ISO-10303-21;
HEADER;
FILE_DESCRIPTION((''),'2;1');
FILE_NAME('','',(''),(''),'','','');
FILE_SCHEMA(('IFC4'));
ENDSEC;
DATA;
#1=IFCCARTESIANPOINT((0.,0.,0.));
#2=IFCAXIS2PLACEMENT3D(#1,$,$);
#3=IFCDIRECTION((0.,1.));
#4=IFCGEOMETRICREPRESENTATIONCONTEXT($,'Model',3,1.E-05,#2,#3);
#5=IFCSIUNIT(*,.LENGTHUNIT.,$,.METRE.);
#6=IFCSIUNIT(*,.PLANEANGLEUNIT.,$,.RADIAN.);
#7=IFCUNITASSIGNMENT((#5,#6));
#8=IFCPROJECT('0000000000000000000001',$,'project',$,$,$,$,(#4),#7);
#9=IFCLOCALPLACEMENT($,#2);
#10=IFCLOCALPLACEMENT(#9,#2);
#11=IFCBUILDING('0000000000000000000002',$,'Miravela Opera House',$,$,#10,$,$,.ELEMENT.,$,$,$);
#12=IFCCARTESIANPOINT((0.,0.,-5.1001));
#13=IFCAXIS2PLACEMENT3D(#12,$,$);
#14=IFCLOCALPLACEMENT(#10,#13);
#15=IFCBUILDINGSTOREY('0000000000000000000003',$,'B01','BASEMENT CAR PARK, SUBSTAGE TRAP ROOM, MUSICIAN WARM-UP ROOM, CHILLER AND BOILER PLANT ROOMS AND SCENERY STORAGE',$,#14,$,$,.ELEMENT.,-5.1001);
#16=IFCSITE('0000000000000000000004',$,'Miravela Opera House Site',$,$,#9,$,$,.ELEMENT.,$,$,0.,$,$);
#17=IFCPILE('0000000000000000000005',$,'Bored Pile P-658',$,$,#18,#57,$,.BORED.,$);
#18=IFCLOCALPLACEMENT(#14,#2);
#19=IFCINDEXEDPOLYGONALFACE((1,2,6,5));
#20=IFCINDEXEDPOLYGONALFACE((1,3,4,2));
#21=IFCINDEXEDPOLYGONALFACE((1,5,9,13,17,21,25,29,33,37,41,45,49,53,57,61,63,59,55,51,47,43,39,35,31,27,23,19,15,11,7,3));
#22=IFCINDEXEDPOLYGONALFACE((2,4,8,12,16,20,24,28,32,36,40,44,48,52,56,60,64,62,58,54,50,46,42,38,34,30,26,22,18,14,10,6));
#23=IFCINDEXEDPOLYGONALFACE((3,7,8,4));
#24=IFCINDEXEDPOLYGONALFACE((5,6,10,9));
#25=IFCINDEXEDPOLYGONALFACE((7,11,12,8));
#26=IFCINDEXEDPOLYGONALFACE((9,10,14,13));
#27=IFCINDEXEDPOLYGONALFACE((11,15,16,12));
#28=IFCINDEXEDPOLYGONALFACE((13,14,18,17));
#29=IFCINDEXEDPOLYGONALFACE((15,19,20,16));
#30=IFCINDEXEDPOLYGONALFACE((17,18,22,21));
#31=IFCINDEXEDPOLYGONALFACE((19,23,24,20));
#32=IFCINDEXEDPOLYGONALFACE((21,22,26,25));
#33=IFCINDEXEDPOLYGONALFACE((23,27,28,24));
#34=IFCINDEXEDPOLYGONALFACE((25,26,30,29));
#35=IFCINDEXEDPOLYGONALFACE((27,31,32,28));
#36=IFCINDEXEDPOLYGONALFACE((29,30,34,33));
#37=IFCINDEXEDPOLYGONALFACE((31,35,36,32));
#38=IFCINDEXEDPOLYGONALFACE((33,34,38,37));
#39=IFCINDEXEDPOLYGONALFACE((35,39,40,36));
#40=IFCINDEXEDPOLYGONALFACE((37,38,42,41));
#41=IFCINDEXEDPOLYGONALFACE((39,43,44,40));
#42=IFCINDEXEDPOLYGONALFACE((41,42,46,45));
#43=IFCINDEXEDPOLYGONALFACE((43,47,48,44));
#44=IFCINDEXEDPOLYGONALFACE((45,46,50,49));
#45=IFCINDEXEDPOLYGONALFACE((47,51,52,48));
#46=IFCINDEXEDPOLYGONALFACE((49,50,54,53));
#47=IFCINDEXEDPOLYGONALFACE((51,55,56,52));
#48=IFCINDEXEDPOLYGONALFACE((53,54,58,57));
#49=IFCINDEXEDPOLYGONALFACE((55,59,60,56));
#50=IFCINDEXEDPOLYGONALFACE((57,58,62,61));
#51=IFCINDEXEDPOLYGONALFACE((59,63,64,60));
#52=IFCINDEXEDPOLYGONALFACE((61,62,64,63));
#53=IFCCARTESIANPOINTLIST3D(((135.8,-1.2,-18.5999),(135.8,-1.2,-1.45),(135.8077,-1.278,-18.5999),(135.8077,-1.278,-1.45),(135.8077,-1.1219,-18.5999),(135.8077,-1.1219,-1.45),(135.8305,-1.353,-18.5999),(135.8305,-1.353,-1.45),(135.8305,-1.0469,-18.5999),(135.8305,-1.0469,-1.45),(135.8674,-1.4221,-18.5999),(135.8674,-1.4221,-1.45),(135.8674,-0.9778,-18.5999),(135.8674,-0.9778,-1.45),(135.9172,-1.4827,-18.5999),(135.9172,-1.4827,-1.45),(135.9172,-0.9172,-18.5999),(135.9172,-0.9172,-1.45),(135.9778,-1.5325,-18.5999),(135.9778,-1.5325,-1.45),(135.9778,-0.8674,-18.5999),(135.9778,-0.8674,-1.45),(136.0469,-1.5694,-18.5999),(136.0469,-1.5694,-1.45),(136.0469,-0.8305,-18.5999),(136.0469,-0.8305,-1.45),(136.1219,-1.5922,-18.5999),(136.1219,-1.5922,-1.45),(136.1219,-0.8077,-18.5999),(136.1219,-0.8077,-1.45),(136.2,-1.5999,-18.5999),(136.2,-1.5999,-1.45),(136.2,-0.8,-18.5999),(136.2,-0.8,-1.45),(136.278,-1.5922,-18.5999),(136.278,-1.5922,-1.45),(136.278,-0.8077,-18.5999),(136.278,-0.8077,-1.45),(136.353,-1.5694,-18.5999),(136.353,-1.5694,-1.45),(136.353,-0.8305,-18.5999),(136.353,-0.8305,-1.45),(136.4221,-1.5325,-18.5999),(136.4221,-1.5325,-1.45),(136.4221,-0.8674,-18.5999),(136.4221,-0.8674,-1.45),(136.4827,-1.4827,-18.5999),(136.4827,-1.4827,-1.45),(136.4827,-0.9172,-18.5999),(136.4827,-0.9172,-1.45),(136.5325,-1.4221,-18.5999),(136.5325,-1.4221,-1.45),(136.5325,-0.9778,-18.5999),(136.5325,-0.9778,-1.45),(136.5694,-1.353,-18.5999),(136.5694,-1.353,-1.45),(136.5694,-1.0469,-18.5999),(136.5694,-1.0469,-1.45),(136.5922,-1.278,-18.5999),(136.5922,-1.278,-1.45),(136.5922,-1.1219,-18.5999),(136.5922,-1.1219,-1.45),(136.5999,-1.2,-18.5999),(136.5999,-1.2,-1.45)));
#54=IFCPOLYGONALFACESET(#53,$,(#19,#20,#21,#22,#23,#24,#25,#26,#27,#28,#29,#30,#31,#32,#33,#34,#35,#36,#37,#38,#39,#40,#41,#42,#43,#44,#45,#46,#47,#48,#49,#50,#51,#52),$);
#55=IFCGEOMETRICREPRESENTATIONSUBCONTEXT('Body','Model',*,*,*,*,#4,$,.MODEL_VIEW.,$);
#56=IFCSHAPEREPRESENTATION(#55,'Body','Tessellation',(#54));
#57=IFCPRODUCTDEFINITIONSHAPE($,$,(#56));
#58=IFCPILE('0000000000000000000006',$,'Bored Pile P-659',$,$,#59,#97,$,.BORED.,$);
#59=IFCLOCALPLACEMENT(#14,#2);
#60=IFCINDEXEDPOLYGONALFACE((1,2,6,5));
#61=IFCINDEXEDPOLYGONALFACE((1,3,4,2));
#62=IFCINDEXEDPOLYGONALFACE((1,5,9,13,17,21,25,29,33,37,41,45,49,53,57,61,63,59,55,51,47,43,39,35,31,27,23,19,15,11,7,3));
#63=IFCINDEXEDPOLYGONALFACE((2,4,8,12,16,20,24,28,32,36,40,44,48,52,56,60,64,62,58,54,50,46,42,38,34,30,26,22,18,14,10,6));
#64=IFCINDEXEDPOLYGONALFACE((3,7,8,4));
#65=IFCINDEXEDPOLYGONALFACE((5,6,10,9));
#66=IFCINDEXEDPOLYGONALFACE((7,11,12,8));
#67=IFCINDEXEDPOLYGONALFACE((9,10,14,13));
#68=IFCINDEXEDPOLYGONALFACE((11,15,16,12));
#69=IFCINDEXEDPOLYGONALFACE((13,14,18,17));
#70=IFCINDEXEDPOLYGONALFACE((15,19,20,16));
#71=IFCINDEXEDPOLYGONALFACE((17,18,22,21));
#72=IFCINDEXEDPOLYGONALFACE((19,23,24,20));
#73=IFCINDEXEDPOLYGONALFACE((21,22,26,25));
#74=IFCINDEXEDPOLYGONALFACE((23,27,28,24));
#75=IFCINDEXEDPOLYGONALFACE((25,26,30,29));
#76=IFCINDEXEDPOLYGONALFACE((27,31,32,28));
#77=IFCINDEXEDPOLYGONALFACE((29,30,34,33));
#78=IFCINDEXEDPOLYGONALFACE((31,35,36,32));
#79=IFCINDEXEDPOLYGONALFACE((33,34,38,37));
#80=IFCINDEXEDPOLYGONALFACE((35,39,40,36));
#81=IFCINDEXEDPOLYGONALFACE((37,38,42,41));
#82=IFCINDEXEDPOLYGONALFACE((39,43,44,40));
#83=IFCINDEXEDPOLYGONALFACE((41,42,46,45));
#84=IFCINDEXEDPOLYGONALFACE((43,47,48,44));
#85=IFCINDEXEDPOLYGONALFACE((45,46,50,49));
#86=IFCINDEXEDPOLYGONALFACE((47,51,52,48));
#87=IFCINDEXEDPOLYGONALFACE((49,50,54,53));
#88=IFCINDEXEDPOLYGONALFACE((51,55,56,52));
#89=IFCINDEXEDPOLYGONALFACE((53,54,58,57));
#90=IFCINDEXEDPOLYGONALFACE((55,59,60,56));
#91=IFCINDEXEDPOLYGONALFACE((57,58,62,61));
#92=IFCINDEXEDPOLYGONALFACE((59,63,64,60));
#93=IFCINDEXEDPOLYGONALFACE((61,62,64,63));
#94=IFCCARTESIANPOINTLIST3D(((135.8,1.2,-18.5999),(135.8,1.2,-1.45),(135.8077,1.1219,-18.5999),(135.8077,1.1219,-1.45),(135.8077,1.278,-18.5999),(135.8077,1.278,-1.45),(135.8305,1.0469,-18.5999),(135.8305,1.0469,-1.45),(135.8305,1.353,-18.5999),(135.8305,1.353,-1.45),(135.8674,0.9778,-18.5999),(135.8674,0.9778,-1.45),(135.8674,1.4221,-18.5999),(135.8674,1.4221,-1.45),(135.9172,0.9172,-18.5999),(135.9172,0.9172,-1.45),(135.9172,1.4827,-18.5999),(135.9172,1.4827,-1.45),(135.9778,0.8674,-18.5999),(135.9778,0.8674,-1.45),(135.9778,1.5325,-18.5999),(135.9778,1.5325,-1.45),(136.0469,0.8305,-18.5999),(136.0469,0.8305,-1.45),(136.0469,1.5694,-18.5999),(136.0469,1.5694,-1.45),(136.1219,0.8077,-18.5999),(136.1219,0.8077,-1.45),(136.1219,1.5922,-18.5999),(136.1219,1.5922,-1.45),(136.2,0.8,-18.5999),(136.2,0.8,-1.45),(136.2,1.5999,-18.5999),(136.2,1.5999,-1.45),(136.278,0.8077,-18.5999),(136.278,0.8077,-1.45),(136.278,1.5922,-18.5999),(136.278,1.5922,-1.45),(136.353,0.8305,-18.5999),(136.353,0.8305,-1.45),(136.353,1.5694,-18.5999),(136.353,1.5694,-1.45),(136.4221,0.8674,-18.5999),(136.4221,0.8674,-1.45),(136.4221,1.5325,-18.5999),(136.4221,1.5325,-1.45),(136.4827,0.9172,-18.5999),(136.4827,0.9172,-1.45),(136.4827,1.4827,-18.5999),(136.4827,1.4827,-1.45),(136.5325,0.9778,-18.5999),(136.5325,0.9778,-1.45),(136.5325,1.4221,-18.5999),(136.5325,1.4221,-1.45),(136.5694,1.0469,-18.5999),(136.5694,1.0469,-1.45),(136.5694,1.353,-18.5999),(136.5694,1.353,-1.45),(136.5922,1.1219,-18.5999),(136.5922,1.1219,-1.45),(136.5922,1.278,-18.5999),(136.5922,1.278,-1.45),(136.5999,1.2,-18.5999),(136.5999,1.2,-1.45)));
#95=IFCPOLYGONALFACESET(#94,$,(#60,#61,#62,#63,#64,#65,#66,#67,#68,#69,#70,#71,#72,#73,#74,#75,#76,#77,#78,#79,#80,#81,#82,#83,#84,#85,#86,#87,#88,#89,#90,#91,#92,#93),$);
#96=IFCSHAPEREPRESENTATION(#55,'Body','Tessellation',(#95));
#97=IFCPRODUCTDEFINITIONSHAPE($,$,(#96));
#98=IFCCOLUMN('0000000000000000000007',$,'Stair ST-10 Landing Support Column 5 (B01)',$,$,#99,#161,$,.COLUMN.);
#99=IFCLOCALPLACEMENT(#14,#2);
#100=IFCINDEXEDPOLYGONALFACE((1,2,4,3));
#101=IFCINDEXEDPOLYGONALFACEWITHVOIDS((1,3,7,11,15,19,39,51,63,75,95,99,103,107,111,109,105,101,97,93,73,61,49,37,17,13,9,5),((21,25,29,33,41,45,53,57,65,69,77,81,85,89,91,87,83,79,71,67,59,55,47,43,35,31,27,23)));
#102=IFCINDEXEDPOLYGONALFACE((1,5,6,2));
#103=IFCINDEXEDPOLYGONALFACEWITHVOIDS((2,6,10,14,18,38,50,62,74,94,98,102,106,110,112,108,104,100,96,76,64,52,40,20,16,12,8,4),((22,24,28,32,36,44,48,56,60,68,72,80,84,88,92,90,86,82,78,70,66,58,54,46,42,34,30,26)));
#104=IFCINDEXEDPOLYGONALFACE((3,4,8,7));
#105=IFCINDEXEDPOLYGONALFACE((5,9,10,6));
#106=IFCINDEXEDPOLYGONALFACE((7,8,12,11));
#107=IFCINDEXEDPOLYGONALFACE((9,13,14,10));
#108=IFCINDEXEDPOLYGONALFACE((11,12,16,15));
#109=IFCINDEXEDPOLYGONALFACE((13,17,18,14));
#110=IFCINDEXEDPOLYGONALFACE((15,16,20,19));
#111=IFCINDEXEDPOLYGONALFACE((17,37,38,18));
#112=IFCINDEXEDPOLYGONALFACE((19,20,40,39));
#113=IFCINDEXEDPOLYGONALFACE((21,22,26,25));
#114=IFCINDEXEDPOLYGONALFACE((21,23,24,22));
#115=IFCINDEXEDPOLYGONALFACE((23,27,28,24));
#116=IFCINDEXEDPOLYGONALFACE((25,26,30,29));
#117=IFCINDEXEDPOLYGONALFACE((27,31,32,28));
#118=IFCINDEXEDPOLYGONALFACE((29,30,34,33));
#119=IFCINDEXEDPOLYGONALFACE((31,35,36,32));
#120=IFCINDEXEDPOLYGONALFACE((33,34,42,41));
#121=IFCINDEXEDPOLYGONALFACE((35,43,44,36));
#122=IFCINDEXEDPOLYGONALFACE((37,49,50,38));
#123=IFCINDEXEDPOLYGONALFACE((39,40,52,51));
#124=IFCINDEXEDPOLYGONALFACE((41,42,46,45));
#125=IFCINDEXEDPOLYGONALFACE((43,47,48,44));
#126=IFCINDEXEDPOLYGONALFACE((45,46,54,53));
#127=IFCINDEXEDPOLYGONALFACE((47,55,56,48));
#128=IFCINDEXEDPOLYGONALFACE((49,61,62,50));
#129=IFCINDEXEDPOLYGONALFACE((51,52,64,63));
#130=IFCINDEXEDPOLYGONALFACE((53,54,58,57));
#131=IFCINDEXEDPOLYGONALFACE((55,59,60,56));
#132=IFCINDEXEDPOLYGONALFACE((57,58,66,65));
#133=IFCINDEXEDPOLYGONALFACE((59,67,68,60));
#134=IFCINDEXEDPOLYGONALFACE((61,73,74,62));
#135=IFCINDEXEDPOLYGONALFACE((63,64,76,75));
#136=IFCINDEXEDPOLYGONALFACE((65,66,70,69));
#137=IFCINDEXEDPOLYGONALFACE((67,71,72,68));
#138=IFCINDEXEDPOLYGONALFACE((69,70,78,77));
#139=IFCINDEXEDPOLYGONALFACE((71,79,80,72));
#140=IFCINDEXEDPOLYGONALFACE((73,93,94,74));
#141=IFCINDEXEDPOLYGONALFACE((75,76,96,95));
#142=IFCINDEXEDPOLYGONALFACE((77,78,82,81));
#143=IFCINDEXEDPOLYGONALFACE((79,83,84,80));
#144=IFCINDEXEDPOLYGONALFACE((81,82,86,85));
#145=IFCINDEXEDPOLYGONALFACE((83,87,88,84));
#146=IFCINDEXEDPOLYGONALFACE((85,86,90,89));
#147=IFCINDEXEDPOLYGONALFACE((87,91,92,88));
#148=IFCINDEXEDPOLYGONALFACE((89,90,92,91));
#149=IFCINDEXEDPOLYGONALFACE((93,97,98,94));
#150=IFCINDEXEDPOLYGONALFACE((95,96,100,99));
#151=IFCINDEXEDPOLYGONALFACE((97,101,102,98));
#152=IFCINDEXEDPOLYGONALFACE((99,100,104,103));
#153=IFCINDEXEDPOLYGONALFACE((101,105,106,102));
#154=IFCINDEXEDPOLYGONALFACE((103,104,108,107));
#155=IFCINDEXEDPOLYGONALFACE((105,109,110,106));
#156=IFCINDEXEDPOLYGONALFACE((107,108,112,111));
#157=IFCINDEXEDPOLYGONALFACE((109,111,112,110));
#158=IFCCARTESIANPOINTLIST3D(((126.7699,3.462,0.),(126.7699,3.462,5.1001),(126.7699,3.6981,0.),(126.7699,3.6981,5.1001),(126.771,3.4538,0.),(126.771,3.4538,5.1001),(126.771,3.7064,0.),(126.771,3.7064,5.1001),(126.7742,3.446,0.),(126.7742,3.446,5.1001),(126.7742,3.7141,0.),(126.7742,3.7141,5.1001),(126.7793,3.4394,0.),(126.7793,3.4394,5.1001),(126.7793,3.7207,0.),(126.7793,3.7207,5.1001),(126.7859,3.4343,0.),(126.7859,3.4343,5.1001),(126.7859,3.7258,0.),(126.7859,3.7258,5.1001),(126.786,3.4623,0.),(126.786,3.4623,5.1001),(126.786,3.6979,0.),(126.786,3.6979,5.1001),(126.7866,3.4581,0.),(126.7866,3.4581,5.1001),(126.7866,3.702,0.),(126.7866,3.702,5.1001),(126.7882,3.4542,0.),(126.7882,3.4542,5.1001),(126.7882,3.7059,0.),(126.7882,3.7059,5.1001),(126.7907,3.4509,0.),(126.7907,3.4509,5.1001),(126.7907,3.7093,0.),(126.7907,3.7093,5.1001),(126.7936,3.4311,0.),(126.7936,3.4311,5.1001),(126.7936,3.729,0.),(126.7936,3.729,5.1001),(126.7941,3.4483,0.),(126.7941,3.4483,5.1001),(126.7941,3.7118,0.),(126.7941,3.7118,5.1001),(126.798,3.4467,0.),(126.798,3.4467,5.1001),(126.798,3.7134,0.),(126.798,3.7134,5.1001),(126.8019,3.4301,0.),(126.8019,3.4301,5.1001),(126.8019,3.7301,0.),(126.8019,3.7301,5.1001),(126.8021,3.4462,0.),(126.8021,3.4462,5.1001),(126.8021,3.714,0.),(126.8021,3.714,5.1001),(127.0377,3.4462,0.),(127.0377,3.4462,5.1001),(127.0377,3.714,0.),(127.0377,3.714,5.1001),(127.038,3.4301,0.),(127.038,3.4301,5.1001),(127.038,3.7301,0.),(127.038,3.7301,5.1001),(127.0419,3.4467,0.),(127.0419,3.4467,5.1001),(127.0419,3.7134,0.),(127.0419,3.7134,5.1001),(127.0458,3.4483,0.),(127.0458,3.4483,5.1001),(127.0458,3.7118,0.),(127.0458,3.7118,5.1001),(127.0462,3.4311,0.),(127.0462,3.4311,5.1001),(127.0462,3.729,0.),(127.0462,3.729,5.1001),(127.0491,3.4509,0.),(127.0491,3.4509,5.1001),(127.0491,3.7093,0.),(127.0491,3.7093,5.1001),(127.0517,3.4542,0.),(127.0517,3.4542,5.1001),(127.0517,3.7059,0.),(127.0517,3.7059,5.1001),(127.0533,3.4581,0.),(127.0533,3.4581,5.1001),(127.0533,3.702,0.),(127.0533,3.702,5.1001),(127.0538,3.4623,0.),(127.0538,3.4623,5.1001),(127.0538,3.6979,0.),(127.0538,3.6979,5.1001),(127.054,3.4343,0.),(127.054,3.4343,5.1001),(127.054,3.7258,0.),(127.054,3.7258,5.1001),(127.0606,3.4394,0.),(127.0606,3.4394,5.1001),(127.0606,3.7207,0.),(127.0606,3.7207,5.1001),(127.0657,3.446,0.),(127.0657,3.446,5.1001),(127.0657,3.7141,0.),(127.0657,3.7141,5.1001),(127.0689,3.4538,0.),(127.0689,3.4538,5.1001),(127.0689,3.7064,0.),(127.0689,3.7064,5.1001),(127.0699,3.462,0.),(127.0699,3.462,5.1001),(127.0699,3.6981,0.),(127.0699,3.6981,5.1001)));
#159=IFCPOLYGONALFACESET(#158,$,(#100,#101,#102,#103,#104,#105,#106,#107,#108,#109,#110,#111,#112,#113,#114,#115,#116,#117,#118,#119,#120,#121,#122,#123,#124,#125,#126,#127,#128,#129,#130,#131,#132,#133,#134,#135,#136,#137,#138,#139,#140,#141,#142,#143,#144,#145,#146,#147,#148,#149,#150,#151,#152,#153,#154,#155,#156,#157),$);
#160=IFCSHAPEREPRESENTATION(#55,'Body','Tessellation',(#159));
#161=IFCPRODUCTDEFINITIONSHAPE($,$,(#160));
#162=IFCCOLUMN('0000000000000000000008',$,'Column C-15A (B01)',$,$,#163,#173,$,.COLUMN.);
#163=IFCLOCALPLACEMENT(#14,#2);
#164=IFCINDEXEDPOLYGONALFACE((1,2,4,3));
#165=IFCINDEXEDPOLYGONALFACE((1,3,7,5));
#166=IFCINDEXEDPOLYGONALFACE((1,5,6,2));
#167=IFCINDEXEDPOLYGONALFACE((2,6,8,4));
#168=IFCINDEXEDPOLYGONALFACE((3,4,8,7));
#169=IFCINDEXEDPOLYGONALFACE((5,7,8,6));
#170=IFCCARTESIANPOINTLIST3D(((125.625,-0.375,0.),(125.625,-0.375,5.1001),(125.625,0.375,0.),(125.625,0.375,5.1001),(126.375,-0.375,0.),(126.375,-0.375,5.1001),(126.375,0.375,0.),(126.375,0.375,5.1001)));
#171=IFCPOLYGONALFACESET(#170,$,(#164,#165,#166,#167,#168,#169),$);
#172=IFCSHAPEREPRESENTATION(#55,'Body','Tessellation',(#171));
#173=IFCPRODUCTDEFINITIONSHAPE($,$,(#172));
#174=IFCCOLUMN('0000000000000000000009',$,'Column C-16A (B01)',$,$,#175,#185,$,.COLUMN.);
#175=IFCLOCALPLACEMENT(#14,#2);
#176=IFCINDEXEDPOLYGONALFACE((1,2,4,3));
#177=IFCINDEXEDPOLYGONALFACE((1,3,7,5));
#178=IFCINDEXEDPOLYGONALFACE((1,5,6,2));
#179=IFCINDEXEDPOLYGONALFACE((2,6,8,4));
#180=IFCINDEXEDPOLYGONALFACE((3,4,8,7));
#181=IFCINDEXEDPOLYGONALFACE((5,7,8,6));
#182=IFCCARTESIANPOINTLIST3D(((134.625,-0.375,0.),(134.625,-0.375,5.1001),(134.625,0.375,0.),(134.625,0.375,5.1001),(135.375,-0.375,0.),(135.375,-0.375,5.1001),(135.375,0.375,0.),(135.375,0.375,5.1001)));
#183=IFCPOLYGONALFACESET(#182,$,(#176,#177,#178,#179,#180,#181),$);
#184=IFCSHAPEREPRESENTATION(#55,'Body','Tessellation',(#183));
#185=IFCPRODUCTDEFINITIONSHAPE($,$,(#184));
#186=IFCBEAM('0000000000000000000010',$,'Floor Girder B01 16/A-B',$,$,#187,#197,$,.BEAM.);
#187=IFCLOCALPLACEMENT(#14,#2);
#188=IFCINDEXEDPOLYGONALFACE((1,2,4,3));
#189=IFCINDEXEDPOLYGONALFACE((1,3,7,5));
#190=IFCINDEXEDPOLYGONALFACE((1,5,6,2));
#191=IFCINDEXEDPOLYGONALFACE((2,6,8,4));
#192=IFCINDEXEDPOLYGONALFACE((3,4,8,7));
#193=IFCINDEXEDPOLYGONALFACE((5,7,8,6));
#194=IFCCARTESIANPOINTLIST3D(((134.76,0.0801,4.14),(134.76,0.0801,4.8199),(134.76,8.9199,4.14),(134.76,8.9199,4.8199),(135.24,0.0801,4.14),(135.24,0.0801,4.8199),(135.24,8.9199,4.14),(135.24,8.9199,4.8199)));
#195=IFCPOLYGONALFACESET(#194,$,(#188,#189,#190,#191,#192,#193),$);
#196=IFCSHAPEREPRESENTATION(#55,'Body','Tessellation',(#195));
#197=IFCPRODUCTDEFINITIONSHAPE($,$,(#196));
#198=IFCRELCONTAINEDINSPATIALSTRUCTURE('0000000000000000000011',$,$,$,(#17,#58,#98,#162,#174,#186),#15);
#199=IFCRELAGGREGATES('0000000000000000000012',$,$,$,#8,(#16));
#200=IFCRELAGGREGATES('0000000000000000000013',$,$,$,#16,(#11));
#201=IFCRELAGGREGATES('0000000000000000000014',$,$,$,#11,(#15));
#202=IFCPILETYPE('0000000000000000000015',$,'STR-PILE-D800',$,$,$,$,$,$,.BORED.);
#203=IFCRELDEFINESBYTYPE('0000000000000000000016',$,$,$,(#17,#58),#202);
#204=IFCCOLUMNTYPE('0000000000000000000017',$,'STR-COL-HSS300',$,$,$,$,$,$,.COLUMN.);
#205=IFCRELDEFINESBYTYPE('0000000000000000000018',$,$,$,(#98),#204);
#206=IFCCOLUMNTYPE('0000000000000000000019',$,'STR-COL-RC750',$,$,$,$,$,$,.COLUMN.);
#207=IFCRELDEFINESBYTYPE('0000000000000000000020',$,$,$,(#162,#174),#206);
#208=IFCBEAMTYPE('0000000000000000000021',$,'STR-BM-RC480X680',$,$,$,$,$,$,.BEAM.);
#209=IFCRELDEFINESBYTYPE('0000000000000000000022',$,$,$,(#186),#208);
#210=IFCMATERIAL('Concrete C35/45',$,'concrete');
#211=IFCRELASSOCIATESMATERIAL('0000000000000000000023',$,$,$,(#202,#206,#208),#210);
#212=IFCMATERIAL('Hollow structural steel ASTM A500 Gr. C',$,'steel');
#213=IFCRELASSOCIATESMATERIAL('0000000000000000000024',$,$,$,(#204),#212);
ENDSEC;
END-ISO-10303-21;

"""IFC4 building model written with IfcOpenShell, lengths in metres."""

from ifc_helpers import new_model, si_unit, direction, frame, origin, origin_2d, place, context, subcontext, project, spatial, rectangle, hollow_rectangle, circle, extrude, material, material_profile, profile_set, type_object, element, save


model = new_model("IFC4")

# Units and contexts
model_context = context("Model", 3, precision=1e-05, world=origin(), true_north=direction((0.0, 1.0)))
body_context = subcontext(model_context, "Body", "Model", "MODEL_VIEW")
ifc_project = project(units=[si_unit("LENGTHUNIT", "METRE"), si_unit("PLANEANGLEUNIT", "RADIAN")], contexts=[model_context])

# Site, building, storey
site_placement = place(None, origin())
site = spatial("IfcSite", under=ifc_project, at=site_placement, Name="Miravela Opera House Site", CompositionType="ELEMENT", RefElevation=0.0)
building_placement = place(site_placement, origin())
building = spatial("IfcBuilding", under=site, at=building_placement, Name="Miravela Opera House", CompositionType="ELEMENT")
storey_placement = place(building_placement, frame((0.0, 0.0, -5.1001)))
storey = spatial("IfcBuildingStorey", under=building, at=storey_placement, Name="B01", Description="BASEMENT CAR PARK, SUBSTAGE TRAP ROOM, MUSICIAN WARM-UP ROOM, CHILLER AND BOILER PLANT ROOMS AND SCENERY STORAGE", CompositionType="ELEMENT", Elevation=-5.1001)

# Shared definitions
ifc_material_1 = material(Name="Concrete C35/45", Category="concrete")

# Piles
ifc_material_profile_1 = material_profile(ifc_material_1, circle(Radius=0.3999, at=origin_2d()), Name="PILE-D800")
ifc_profile_set_1 = profile_set([ifc_material_profile_1])
pile_type_1 = type_object("IfcPileType", Name="STR-PILE-D800", PredefinedType="BORED", material=ifc_profile_set_1)
for number, where, z_axis, x_axis, name in (
    (1, (136.2, -1.2, -1.45), (0.0, 0.0, -1.0), (1.0, 0.0, 0.0), "Bored Pile P-658"),
    (2, (136.2, 1.2, -1.45), (0.0, 0.0, -1.0), (1.0, 0.0, 0.0), "Bored Pile P-659"),
):
    element("IfcPile", number, at=place(storey_placement, frame(where, z_axis=z_axis, x_axis=x_axis)), inside=storey, type_object=pile_type_1, Name=name, PredefinedType="BORED", context=body_context, shape_type="SweptSolid", body=[
        extrude(circle(Radius=0.3999, at=origin_2d()), origin(), (0.0, 0.0, 1.0), 17.1499),
    ])

# Columns
ifc_material_2 = material(Name="Hollow structural steel ASTM A500 Gr. C", Category="steel")
ifc_material_profile_2 = material_profile(ifc_material_2, hollow_rectangle(XDim=0.3, YDim=0.3, WallThickness=0.0161, InnerFilletRadius=0.0161, OuterFilletRadius=0.032, at=origin_2d()), Name="HSS300X300X16")
ifc_profile_set_2 = profile_set([ifc_material_profile_2])
column_type_1 = type_object("IfcColumnType", Name="STR-COL-HSS300", PredefinedType="COLUMN", material=ifc_profile_set_2)
column_placement = place(storey_placement, frame((126.9199, 3.5801, 0.0), z_axis=(0.0, 0.0, 1.0), x_axis=(1.0, 0.0, 0.0)))
element("IfcColumn", 3, at=column_placement, inside=storey, type_object=column_type_1, Name="Stair ST-10 Landing Support Column 5 (B01)", PredefinedType="COLUMN", context=body_context, shape_type="SweptSolid", body=[
    extrude(hollow_rectangle(XDim=0.3, YDim=0.3, WallThickness=0.0161, InnerFilletRadius=0.0161, OuterFilletRadius=0.032, at=origin_2d()), origin(), (0.0, 0.0, 1.0), 5.1001),
])
ifc_material_profile_3 = material_profile(ifc_material_1, rectangle(XDim=0.75, YDim=0.75, at=origin_2d()), Name="RC-COL-750X750")
ifc_profile_set_3 = profile_set([ifc_material_profile_3])
column_type_2 = type_object("IfcColumnType", Name="STR-COL-RC750", PredefinedType="COLUMN", material=ifc_profile_set_3)
for number, where, z_axis, x_axis, name in (
    (4, (126.0, 0.0, 0.0), (0.0, 0.0, 1.0), (1.0, 0.0, 0.0), "Column C-15A (B01)"),
    (5, (135.0, 0.0, 0.0), (0.0, 0.0, 1.0), (1.0, 0.0, 0.0), "Column C-16A (B01)"),
):
    element("IfcColumn", number, at=place(storey_placement, frame(where, z_axis=z_axis, x_axis=x_axis)), inside=storey, type_object=column_type_2, Name=name, PredefinedType="COLUMN", context=body_context, shape_type="SweptSolid", body=[
        extrude(rectangle(XDim=0.75, YDim=0.75, at=origin_2d()), origin(), (0.0, 0.0, 1.0), 5.1001),
    ])

# Beam
ifc_material_profile_4 = material_profile(ifc_material_1, rectangle(XDim=0.48, YDim=0.6799, at=origin_2d()), Name="RC-BM-480X680")
ifc_profile_set_4 = profile_set([ifc_material_profile_4])
beam_type_1 = type_object("IfcBeamType", Name="STR-BM-RC480X680", PredefinedType="BEAM", material=ifc_profile_set_4)
beam_1_placement = place(storey_placement, frame((135.0, 0.0801, 4.48), z_axis=(0.0, 1.0, 0.0), x_axis=(-1.0, 0.0, 0.0)))
element("IfcBeam", 6, at=beam_1_placement, inside=storey, type_object=beam_type_1, Name="Floor Girder B01 16/A-B", PredefinedType="BEAM", context=body_context, shape_type="SweptSolid", body=[
    extrude(rectangle(XDim=0.48, YDim=0.6799, at=origin_2d()), origin(), (0.0, 0.0, 1.0), 8.8398),
])

save(model, "model.ifc")
